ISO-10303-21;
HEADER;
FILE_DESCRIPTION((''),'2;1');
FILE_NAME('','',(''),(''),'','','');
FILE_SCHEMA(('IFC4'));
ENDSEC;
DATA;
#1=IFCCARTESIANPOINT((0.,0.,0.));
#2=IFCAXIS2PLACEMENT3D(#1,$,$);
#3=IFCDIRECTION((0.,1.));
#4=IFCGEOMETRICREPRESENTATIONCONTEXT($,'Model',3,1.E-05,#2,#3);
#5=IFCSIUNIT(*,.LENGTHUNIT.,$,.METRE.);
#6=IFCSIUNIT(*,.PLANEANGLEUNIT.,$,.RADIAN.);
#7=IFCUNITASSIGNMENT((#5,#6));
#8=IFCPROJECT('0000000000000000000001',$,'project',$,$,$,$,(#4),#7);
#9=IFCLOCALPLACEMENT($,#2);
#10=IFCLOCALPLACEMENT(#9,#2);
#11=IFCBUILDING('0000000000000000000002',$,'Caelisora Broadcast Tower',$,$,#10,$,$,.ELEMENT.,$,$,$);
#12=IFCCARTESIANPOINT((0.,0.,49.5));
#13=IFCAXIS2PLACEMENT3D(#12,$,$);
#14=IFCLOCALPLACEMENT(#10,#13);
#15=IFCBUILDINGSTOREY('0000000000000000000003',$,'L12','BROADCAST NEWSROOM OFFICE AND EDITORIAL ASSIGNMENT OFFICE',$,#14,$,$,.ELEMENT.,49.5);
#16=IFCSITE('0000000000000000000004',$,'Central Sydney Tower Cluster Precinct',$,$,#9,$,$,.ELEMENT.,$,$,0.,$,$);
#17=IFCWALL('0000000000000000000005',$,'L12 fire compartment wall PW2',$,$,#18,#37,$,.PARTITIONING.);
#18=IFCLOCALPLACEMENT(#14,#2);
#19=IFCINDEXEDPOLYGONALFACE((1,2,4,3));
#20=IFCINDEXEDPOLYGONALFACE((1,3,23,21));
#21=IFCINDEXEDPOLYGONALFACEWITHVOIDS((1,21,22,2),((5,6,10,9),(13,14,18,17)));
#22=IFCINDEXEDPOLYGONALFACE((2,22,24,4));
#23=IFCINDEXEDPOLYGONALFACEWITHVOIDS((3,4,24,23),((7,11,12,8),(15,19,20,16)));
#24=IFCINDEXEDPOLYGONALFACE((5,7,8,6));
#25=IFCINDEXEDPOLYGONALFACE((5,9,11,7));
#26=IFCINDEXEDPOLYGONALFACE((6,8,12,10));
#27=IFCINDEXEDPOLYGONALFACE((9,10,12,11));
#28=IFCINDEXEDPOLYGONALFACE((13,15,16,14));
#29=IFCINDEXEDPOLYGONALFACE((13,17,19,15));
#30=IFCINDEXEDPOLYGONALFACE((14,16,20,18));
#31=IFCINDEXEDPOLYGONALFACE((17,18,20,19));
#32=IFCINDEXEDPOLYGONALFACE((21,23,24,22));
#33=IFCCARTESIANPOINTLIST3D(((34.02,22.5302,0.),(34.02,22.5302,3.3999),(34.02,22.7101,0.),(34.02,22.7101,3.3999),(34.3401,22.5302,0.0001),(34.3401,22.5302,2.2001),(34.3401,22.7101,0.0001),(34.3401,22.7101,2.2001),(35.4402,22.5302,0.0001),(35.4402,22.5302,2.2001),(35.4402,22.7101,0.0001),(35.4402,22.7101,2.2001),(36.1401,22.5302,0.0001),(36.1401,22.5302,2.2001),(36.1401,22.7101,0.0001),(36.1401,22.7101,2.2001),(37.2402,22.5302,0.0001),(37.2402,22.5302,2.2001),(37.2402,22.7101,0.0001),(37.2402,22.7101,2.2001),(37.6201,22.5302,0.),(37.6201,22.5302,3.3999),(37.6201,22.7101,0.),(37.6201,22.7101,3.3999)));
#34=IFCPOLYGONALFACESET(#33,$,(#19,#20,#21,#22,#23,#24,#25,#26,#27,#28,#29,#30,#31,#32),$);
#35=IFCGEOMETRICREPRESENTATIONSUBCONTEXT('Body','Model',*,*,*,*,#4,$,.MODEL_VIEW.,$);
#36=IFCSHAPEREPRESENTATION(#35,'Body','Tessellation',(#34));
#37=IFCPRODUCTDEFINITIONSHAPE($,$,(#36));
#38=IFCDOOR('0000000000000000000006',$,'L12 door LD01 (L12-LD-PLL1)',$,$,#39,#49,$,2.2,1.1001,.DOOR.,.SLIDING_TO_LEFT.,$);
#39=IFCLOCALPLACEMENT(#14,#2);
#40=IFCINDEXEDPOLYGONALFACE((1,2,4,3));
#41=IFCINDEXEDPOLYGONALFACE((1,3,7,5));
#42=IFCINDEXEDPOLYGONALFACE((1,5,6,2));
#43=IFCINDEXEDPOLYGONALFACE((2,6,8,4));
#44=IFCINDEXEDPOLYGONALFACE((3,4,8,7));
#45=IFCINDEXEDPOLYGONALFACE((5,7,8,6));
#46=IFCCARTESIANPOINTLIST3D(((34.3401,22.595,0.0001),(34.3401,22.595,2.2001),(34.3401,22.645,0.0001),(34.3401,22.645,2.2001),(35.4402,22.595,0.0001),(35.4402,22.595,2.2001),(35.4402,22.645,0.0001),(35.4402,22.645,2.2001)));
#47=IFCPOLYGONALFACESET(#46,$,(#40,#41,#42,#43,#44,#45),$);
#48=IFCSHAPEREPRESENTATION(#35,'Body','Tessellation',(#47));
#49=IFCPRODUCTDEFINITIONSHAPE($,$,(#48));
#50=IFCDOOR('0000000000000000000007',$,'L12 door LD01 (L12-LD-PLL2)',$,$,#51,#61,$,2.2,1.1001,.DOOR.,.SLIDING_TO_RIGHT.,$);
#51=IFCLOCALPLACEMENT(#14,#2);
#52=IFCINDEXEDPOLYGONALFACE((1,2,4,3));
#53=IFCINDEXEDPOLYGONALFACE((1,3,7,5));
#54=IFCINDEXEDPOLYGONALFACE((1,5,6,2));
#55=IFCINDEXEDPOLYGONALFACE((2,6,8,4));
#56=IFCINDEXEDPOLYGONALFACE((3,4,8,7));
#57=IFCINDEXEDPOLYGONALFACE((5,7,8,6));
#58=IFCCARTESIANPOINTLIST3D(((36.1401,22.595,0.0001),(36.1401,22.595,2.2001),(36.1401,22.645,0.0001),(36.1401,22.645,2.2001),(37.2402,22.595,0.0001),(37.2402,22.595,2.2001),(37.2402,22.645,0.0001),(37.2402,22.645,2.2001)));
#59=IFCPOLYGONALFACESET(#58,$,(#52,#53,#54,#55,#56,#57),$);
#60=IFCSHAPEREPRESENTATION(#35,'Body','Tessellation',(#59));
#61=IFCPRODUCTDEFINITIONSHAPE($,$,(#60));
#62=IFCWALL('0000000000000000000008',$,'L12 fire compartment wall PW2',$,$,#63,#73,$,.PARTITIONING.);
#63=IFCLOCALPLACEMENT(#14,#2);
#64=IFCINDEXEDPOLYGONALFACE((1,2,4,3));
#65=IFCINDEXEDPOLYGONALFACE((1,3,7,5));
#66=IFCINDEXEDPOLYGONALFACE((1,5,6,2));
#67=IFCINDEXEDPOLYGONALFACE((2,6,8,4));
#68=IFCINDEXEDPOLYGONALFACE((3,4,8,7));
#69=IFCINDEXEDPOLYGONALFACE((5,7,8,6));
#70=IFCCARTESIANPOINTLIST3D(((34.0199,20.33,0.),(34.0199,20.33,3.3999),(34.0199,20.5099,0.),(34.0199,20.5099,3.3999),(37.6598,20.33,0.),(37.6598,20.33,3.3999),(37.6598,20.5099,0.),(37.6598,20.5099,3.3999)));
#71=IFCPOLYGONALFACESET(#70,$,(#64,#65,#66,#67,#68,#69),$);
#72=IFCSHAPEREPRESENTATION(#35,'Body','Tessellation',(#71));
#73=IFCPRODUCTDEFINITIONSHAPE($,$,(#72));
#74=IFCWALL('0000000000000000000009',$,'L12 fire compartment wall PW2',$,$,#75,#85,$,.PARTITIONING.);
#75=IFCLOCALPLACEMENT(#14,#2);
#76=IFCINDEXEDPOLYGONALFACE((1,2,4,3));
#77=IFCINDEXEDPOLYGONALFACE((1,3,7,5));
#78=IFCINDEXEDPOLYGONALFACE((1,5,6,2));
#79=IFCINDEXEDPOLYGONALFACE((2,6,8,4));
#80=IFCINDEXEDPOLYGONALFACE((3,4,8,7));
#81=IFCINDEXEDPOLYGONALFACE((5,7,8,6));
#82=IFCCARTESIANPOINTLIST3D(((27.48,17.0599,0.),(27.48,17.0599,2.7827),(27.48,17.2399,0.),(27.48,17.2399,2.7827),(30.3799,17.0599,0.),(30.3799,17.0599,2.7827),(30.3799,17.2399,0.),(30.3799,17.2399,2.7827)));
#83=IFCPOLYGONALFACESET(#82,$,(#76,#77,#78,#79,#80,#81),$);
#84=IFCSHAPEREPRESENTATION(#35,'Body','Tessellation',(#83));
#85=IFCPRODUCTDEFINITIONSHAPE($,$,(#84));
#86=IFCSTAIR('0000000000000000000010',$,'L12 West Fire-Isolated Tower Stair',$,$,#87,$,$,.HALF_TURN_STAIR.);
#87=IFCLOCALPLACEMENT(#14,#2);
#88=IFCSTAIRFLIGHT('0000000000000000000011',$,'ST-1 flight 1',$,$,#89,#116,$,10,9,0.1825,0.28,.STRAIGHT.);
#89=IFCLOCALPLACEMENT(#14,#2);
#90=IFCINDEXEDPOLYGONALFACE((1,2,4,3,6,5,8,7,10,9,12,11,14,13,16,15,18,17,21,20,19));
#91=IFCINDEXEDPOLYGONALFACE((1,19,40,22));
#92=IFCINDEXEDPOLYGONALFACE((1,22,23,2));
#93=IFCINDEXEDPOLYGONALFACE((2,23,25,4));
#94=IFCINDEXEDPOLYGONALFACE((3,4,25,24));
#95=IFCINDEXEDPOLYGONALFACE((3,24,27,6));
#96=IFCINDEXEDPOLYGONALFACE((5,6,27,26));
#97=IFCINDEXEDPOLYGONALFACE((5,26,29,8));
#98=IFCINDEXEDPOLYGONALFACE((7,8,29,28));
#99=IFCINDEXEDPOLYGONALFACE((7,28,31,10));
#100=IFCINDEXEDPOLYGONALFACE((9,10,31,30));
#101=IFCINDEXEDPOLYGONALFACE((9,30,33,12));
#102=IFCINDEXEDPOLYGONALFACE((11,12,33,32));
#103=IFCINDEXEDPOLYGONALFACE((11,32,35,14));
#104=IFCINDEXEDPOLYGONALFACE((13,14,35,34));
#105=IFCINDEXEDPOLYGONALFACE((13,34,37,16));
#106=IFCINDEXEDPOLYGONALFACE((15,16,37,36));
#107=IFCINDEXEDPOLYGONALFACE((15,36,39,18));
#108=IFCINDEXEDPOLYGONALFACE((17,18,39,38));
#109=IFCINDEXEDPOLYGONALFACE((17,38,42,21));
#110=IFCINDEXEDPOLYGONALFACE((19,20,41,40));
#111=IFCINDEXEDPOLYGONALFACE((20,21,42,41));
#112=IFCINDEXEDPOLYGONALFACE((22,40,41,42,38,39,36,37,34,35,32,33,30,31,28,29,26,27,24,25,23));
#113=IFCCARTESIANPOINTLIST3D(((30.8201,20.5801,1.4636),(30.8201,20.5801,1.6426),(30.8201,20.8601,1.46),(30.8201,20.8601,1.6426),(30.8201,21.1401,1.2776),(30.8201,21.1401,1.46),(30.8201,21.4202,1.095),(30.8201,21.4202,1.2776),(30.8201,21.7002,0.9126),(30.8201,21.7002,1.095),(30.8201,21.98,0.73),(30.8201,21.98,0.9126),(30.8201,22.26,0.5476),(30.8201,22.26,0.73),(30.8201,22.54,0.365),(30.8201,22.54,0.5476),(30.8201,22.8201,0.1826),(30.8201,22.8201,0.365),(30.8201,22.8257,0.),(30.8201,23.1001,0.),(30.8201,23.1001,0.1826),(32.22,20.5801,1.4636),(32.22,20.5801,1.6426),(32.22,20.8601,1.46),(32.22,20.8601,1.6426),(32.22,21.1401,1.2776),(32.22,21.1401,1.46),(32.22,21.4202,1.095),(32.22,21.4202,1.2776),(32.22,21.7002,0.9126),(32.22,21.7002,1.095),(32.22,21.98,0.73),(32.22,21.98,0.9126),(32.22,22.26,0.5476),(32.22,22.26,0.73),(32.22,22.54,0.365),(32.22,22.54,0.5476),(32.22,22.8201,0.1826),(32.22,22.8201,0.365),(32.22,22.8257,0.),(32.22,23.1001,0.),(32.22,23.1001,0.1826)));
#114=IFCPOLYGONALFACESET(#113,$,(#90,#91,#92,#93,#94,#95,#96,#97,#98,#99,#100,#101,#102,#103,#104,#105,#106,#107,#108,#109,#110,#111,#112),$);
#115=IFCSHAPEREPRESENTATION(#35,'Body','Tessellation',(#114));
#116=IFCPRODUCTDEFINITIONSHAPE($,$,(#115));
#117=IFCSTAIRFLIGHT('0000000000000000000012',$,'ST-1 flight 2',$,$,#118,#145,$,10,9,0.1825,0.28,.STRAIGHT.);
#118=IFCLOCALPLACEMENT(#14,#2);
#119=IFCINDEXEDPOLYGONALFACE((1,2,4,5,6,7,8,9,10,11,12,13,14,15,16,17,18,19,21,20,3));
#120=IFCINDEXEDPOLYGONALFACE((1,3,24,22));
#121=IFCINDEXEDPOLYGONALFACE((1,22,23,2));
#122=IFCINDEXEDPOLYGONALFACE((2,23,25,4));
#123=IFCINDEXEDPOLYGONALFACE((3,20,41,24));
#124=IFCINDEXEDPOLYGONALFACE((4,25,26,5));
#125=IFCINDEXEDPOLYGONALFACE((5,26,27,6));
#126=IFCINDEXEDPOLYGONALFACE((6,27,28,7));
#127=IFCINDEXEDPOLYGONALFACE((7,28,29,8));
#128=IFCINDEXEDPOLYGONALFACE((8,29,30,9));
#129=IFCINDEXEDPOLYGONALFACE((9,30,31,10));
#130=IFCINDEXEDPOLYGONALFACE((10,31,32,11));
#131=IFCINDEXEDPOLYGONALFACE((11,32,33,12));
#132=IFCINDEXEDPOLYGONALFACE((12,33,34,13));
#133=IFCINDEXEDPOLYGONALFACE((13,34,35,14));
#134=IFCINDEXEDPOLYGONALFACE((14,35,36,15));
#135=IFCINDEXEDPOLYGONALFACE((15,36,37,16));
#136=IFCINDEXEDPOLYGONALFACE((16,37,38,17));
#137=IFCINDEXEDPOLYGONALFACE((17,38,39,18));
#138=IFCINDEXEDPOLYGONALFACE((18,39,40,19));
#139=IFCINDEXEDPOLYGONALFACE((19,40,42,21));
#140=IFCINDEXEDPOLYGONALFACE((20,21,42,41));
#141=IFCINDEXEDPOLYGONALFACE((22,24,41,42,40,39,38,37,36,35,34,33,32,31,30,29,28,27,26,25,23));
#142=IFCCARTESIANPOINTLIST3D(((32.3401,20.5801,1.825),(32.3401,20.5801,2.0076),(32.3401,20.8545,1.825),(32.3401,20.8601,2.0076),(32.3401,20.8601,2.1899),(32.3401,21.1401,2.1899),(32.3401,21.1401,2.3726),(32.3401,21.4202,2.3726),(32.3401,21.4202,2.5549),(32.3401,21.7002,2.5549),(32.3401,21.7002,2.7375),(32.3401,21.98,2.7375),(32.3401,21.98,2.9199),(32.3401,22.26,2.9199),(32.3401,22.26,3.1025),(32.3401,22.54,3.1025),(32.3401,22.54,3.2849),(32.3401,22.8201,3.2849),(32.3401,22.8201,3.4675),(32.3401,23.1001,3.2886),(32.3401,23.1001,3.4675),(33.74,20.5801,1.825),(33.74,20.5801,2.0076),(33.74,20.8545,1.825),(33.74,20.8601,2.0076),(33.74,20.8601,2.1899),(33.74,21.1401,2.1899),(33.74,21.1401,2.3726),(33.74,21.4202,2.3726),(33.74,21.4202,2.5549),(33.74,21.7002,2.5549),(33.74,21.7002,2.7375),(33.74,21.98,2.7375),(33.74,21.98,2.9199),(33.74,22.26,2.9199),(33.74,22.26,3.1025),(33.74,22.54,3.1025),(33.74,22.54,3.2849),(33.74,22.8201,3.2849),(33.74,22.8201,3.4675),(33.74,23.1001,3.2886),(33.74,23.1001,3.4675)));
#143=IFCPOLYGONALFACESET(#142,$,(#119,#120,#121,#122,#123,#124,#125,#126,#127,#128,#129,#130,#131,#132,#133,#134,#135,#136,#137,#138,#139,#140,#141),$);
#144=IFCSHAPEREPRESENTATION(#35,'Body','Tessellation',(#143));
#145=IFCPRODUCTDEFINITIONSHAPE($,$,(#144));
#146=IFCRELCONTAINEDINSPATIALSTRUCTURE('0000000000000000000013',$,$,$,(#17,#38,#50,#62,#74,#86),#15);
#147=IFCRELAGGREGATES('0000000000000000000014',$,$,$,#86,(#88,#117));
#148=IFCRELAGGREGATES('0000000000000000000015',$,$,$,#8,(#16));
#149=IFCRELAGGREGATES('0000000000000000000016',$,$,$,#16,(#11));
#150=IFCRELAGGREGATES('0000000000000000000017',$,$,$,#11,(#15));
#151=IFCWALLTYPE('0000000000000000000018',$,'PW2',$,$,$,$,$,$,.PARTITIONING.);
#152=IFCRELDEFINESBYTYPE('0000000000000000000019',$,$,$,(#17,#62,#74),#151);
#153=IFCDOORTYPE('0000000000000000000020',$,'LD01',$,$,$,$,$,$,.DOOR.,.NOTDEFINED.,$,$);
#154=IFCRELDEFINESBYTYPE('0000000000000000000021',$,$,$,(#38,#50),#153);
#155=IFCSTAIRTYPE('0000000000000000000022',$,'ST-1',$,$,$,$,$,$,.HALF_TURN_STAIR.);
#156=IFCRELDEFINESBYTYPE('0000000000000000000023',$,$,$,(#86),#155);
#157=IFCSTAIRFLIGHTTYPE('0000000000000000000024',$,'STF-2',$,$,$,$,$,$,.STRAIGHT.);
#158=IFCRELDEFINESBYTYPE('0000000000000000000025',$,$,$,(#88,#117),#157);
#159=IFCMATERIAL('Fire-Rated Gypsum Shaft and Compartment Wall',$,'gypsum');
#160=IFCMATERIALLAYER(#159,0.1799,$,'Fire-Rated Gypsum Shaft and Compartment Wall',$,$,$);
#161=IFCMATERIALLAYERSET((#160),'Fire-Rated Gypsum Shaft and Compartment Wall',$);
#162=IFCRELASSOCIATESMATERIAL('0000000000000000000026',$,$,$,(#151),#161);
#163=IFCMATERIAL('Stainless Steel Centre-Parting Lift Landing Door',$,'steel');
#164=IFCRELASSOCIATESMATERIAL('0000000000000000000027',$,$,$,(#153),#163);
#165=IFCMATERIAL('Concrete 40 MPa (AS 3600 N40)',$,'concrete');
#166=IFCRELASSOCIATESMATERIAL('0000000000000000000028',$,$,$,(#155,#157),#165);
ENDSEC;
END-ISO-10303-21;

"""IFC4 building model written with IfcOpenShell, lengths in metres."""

from ifc_helpers import new_model, si_unit, direction, frame, frame_2d, origin, place, context, subcontext, project, spatial, polyline, rectangle, outline, extrude, material, layer, layer_set, type_object, element, fill, aggregate, save


model = new_model("IFC4")

# Units and contexts
model_context = context("Model", 3, precision=1e-05, world=origin(), true_north=direction((0.0, 1.0)))
body_context = subcontext(model_context, "Body", "Model", "MODEL_VIEW")
ifc_project = project(units=[si_unit("LENGTHUNIT", "METRE"), si_unit("PLANEANGLEUNIT", "RADIAN")], contexts=[model_context])

# Site, building, storey
site_placement = place(None, origin())
site = spatial("IfcSite", under=ifc_project, at=site_placement, Name="Central Sydney Tower Cluster Precinct", CompositionType="ELEMENT", RefElevation=0.0)
building_placement = place(site_placement, origin())
building = spatial("IfcBuilding", under=site, at=building_placement, Name="Caelisora Broadcast Tower", CompositionType="ELEMENT")
storey_placement = place(building_placement, frame((0.0, 0.0, 49.5)))
storey = spatial("IfcBuildingStorey", under=building, at=storey_placement, Name="L12", Description="BROADCAST NEWSROOM OFFICE AND EDITORIAL ASSIGNMENT OFFICE", CompositionType="ELEMENT", Elevation=49.5)

# Wall, openings, doors
ifc_material_1 = material(Name="Fire-Rated Gypsum Shaft and Compartment Wall", Category="gypsum")
ifc_layer_1 = layer(ifc_material_1, 0.1799, Name="Fire-Rated Gypsum Shaft and Compartment Wall")
ifc_layer_set_1 = layer_set([ifc_layer_1], Name="Fire-Rated Gypsum Shaft and Compartment Wall")
wall_type_1 = type_object("IfcWallType", Name="PW2", PredefinedType="PARTITIONING", material=ifc_layer_set_1)
wall_1_placement = place(storey_placement, frame((34.02, 22.6201, 0.0), z_axis=(0.0, 0.0, 1.0), x_axis=(1.0, 0.0, 0.0)))
wall_1 = element("IfcWall", 1, at=wall_1_placement, inside=storey, type_object=wall_type_1, Name="L12 fire compartment wall PW2", PredefinedType="PARTITIONING", context=body_context, shape_type="SweptSolid", body=[
    extrude(rectangle(XDim=3.6001, YDim=0.1799, at=frame_2d((1.8, 0.0))), origin(), (0.0, 0.0, 1.0), 3.3999),
])
opening_1_placement = place(wall_1_placement, frame((0.3201, 0.0, 0.0)))
opening_1 = element("IfcOpeningElement", 2, at=opening_1_placement, cuts=wall_1, PredefinedType="OPENING", context=body_context, shape_type="SweptSolid", body=[
    extrude(rectangle(XDim=1.1001, YDim=2.2, at=frame_2d((0.55, 1.1001))), frame((0.0, 0.1021, 0.0), z_axis=(0.0, -1.0, 0.0), x_axis=(1.0, 0.0, 0.0)), (0.0, 0.0, 1.0), 0.2039),
])
opening_2_placement = place(wall_1_placement, frame((2.1201, 0.0, 0.0)))
opening_2 = element("IfcOpeningElement", 3, at=opening_2_placement, cuts=wall_1, PredefinedType="OPENING", context=body_context, shape_type="SweptSolid", body=[
    extrude(rectangle(XDim=1.1001, YDim=2.2, at=frame_2d((0.55, 1.1001))), frame((0.0, 0.1021, 0.0), z_axis=(0.0, -1.0, 0.0), x_axis=(1.0, 0.0, 0.0)), (0.0, 0.0, 1.0), 0.2039),
])
ifc_material_2 = material(Name="Stainless Steel Centre-Parting Lift Landing Door", Category="steel")
door_type_1 = type_object("IfcDoorType", Name="LD01", OperationType="NOTDEFINED", PredefinedType="DOOR", material=ifc_material_2)
door_1_placement = place(opening_1_placement, origin())
door_1 = element("IfcDoor", 4, at=door_1_placement, inside=storey, type_object=door_type_1, Name="L12 door LD01 (L12-LD-PLL1)", OperationType="SLIDING_TO_LEFT", OverallHeight=2.2, OverallWidth=1.1001, PredefinedType="DOOR", context=body_context, shape_type="SweptSolid", body=[
    extrude(rectangle(XDim=1.1001, YDim=2.2, at=frame_2d((0.55, 1.1001))), frame((0.0, 0.0249, 0.0), z_axis=(0.0, -1.0, 0.0), x_axis=(1.0, 0.0, 0.0)), (0.0, 0.0, 1.0), 0.05),
])
fill(opening_1, door_1)
door_2_placement = place(opening_2_placement, origin())
door_2 = element("IfcDoor", 5, at=door_2_placement, inside=storey, type_object=door_type_1, Name="L12 door LD01 (L12-LD-PLL2)", OperationType="SLIDING_TO_RIGHT", OverallHeight=2.2, OverallWidth=1.1001, PredefinedType="DOOR", context=body_context, shape_type="SweptSolid", body=[
    extrude(rectangle(XDim=1.1001, YDim=2.2, at=frame_2d((0.55, 1.1001))), frame((0.0, 0.0249, 0.0), z_axis=(0.0, -1.0, 0.0), x_axis=(1.0, 0.0, 0.0)), (0.0, 0.0, 1.0), 0.05),
])
fill(opening_2, door_2)

# Wall
wall_2_placement = place(storey_placement, frame((34.02, 20.4199, 0.0), z_axis=(0.0, 0.0, 1.0), x_axis=(1.0, 0.0, 0.0)))
element("IfcWall", 6, at=wall_2_placement, inside=storey, type_object=wall_type_1, Name="L12 fire compartment wall PW2", PredefinedType="PARTITIONING", context=body_context, shape_type="SweptSolid", body=[
    extrude(rectangle(XDim=3.6399, YDim=0.1799, at=frame_2d((1.8198, 0.0))), origin(), (0.0, 0.0, 1.0), 3.3999),
])

# Wall
wall_3_placement = place(storey_placement, frame((27.48, 17.1499, 0.0), z_axis=(0.0, 0.0, 1.0), x_axis=(1.0, 0.0, 0.0)))
element("IfcWall", 7, at=wall_3_placement, inside=storey, type_object=wall_type_1, Name="L12 fire compartment wall PW2", PredefinedType="PARTITIONING", context=body_context, shape_type="SweptSolid", body=[
    extrude(rectangle(XDim=2.8999, YDim=0.1799, at=frame_2d((1.45, 0.0))), origin(), (0.0, 0.0, 1.0), 2.7827),
])

# Stair, stair flights
ifc_material_3 = material(Name="Concrete 40 MPa (AS 3600 N40)", Category="concrete")
stair_type = type_object("IfcStairType", Name="ST-1", PredefinedType="HALF_TURN_STAIR", material=ifc_material_3)
stair_placement = place(storey_placement, origin())
stair = element("IfcStair", 8, at=stair_placement, inside=storey, type_object=stair_type, Name="L12 West Fire-Isolated Tower Stair", PredefinedType="HALF_TURN_STAIR")
stair_flight_type = type_object("IfcStairFlightType", Name="STF-2", PredefinedType="STRAIGHT", material=ifc_material_3)
stair_flight_1_placement = place(storey_placement, frame((31.52, 23.1001, 0.0), z_axis=(0.0, 0.0, 1.0), x_axis=(0.0, -1.0, 0.0)))
stair_flight_1 = element("IfcStairFlight", 9, at=stair_flight_1_placement, type_object=stair_flight_type, Name="ST-1 flight 1", NumberOfRisers=10, NumberOfTreads=9, PredefinedType="STRAIGHT", RiserHeight=0.1825, TreadLength=0.28, context=body_context, shape_type="SweptSolid", body=[
    extrude(outline(polyline([(0.0, 0.0), (0.0, 0.1826), (0.28, 0.1826), (0.28, 0.365), (0.5601, 0.365), (0.5601, 0.5476), (0.8401, 0.5476), (0.8401, 0.73), (1.1201, 0.73), (1.1201, 0.9126), (1.3999, 0.9126), (1.3999, 1.095), (1.6799, 1.095), (1.6799, 1.2776), (1.96, 1.2776), (1.96, 1.46), (2.24, 1.46), (2.24, 1.6426), (2.52, 1.6426), (2.52, 1.825), (2.52, 1.4636), (0.2744, 0.0), (0.0, 0.0)])), frame((0.0, 0.7, 0.0), z_axis=(0.0, -1.0, 0.0), x_axis=(1.0, 0.0, 0.0)), (0.0, 0.0, 1.0), 1.3999),
])
stair_flight_2_placement = place(storey_placement, frame((33.04, 20.5801, 1.825), z_axis=(0.0, 0.0, 1.0), x_axis=(0.0, 1.0, 0.0)))
stair_flight_2 = element("IfcStairFlight", 10, at=stair_flight_2_placement, type_object=stair_flight_type, Name="ST-1 flight 2", NumberOfRisers=10, NumberOfTreads=9, PredefinedType="STRAIGHT", RiserHeight=0.1825, TreadLength=0.28, context=body_context, shape_type="SweptSolid", body=[
    extrude(outline(polyline([(0.0, 0.0), (0.0, 0.1826), (0.28, 0.1826), (0.28, 0.365), (0.5601, 0.365), (0.5601, 0.5476), (0.8401, 0.5476), (0.8401, 0.73), (1.1201, 0.73), (1.1201, 0.9126), (1.3999, 0.9126), (1.3999, 1.095), (1.6799, 1.095), (1.6799, 1.2776), (1.96, 1.2776), (1.96, 1.46), (2.24, 1.46), (2.24, 1.6426), (2.52, 1.6426), (2.52, 1.825), (2.52, 1.4636), (0.2744, 0.0), (0.0, 0.0)])), frame((0.0, 0.7, 0.0), z_axis=(0.0, -1.0, 0.0), x_axis=(1.0, 0.0, 0.0)), (0.0, 0.0, 1.0), 1.3999),
])
aggregate(stair, [stair_flight_1, stair_flight_2])

save(model, "model.ifc")
